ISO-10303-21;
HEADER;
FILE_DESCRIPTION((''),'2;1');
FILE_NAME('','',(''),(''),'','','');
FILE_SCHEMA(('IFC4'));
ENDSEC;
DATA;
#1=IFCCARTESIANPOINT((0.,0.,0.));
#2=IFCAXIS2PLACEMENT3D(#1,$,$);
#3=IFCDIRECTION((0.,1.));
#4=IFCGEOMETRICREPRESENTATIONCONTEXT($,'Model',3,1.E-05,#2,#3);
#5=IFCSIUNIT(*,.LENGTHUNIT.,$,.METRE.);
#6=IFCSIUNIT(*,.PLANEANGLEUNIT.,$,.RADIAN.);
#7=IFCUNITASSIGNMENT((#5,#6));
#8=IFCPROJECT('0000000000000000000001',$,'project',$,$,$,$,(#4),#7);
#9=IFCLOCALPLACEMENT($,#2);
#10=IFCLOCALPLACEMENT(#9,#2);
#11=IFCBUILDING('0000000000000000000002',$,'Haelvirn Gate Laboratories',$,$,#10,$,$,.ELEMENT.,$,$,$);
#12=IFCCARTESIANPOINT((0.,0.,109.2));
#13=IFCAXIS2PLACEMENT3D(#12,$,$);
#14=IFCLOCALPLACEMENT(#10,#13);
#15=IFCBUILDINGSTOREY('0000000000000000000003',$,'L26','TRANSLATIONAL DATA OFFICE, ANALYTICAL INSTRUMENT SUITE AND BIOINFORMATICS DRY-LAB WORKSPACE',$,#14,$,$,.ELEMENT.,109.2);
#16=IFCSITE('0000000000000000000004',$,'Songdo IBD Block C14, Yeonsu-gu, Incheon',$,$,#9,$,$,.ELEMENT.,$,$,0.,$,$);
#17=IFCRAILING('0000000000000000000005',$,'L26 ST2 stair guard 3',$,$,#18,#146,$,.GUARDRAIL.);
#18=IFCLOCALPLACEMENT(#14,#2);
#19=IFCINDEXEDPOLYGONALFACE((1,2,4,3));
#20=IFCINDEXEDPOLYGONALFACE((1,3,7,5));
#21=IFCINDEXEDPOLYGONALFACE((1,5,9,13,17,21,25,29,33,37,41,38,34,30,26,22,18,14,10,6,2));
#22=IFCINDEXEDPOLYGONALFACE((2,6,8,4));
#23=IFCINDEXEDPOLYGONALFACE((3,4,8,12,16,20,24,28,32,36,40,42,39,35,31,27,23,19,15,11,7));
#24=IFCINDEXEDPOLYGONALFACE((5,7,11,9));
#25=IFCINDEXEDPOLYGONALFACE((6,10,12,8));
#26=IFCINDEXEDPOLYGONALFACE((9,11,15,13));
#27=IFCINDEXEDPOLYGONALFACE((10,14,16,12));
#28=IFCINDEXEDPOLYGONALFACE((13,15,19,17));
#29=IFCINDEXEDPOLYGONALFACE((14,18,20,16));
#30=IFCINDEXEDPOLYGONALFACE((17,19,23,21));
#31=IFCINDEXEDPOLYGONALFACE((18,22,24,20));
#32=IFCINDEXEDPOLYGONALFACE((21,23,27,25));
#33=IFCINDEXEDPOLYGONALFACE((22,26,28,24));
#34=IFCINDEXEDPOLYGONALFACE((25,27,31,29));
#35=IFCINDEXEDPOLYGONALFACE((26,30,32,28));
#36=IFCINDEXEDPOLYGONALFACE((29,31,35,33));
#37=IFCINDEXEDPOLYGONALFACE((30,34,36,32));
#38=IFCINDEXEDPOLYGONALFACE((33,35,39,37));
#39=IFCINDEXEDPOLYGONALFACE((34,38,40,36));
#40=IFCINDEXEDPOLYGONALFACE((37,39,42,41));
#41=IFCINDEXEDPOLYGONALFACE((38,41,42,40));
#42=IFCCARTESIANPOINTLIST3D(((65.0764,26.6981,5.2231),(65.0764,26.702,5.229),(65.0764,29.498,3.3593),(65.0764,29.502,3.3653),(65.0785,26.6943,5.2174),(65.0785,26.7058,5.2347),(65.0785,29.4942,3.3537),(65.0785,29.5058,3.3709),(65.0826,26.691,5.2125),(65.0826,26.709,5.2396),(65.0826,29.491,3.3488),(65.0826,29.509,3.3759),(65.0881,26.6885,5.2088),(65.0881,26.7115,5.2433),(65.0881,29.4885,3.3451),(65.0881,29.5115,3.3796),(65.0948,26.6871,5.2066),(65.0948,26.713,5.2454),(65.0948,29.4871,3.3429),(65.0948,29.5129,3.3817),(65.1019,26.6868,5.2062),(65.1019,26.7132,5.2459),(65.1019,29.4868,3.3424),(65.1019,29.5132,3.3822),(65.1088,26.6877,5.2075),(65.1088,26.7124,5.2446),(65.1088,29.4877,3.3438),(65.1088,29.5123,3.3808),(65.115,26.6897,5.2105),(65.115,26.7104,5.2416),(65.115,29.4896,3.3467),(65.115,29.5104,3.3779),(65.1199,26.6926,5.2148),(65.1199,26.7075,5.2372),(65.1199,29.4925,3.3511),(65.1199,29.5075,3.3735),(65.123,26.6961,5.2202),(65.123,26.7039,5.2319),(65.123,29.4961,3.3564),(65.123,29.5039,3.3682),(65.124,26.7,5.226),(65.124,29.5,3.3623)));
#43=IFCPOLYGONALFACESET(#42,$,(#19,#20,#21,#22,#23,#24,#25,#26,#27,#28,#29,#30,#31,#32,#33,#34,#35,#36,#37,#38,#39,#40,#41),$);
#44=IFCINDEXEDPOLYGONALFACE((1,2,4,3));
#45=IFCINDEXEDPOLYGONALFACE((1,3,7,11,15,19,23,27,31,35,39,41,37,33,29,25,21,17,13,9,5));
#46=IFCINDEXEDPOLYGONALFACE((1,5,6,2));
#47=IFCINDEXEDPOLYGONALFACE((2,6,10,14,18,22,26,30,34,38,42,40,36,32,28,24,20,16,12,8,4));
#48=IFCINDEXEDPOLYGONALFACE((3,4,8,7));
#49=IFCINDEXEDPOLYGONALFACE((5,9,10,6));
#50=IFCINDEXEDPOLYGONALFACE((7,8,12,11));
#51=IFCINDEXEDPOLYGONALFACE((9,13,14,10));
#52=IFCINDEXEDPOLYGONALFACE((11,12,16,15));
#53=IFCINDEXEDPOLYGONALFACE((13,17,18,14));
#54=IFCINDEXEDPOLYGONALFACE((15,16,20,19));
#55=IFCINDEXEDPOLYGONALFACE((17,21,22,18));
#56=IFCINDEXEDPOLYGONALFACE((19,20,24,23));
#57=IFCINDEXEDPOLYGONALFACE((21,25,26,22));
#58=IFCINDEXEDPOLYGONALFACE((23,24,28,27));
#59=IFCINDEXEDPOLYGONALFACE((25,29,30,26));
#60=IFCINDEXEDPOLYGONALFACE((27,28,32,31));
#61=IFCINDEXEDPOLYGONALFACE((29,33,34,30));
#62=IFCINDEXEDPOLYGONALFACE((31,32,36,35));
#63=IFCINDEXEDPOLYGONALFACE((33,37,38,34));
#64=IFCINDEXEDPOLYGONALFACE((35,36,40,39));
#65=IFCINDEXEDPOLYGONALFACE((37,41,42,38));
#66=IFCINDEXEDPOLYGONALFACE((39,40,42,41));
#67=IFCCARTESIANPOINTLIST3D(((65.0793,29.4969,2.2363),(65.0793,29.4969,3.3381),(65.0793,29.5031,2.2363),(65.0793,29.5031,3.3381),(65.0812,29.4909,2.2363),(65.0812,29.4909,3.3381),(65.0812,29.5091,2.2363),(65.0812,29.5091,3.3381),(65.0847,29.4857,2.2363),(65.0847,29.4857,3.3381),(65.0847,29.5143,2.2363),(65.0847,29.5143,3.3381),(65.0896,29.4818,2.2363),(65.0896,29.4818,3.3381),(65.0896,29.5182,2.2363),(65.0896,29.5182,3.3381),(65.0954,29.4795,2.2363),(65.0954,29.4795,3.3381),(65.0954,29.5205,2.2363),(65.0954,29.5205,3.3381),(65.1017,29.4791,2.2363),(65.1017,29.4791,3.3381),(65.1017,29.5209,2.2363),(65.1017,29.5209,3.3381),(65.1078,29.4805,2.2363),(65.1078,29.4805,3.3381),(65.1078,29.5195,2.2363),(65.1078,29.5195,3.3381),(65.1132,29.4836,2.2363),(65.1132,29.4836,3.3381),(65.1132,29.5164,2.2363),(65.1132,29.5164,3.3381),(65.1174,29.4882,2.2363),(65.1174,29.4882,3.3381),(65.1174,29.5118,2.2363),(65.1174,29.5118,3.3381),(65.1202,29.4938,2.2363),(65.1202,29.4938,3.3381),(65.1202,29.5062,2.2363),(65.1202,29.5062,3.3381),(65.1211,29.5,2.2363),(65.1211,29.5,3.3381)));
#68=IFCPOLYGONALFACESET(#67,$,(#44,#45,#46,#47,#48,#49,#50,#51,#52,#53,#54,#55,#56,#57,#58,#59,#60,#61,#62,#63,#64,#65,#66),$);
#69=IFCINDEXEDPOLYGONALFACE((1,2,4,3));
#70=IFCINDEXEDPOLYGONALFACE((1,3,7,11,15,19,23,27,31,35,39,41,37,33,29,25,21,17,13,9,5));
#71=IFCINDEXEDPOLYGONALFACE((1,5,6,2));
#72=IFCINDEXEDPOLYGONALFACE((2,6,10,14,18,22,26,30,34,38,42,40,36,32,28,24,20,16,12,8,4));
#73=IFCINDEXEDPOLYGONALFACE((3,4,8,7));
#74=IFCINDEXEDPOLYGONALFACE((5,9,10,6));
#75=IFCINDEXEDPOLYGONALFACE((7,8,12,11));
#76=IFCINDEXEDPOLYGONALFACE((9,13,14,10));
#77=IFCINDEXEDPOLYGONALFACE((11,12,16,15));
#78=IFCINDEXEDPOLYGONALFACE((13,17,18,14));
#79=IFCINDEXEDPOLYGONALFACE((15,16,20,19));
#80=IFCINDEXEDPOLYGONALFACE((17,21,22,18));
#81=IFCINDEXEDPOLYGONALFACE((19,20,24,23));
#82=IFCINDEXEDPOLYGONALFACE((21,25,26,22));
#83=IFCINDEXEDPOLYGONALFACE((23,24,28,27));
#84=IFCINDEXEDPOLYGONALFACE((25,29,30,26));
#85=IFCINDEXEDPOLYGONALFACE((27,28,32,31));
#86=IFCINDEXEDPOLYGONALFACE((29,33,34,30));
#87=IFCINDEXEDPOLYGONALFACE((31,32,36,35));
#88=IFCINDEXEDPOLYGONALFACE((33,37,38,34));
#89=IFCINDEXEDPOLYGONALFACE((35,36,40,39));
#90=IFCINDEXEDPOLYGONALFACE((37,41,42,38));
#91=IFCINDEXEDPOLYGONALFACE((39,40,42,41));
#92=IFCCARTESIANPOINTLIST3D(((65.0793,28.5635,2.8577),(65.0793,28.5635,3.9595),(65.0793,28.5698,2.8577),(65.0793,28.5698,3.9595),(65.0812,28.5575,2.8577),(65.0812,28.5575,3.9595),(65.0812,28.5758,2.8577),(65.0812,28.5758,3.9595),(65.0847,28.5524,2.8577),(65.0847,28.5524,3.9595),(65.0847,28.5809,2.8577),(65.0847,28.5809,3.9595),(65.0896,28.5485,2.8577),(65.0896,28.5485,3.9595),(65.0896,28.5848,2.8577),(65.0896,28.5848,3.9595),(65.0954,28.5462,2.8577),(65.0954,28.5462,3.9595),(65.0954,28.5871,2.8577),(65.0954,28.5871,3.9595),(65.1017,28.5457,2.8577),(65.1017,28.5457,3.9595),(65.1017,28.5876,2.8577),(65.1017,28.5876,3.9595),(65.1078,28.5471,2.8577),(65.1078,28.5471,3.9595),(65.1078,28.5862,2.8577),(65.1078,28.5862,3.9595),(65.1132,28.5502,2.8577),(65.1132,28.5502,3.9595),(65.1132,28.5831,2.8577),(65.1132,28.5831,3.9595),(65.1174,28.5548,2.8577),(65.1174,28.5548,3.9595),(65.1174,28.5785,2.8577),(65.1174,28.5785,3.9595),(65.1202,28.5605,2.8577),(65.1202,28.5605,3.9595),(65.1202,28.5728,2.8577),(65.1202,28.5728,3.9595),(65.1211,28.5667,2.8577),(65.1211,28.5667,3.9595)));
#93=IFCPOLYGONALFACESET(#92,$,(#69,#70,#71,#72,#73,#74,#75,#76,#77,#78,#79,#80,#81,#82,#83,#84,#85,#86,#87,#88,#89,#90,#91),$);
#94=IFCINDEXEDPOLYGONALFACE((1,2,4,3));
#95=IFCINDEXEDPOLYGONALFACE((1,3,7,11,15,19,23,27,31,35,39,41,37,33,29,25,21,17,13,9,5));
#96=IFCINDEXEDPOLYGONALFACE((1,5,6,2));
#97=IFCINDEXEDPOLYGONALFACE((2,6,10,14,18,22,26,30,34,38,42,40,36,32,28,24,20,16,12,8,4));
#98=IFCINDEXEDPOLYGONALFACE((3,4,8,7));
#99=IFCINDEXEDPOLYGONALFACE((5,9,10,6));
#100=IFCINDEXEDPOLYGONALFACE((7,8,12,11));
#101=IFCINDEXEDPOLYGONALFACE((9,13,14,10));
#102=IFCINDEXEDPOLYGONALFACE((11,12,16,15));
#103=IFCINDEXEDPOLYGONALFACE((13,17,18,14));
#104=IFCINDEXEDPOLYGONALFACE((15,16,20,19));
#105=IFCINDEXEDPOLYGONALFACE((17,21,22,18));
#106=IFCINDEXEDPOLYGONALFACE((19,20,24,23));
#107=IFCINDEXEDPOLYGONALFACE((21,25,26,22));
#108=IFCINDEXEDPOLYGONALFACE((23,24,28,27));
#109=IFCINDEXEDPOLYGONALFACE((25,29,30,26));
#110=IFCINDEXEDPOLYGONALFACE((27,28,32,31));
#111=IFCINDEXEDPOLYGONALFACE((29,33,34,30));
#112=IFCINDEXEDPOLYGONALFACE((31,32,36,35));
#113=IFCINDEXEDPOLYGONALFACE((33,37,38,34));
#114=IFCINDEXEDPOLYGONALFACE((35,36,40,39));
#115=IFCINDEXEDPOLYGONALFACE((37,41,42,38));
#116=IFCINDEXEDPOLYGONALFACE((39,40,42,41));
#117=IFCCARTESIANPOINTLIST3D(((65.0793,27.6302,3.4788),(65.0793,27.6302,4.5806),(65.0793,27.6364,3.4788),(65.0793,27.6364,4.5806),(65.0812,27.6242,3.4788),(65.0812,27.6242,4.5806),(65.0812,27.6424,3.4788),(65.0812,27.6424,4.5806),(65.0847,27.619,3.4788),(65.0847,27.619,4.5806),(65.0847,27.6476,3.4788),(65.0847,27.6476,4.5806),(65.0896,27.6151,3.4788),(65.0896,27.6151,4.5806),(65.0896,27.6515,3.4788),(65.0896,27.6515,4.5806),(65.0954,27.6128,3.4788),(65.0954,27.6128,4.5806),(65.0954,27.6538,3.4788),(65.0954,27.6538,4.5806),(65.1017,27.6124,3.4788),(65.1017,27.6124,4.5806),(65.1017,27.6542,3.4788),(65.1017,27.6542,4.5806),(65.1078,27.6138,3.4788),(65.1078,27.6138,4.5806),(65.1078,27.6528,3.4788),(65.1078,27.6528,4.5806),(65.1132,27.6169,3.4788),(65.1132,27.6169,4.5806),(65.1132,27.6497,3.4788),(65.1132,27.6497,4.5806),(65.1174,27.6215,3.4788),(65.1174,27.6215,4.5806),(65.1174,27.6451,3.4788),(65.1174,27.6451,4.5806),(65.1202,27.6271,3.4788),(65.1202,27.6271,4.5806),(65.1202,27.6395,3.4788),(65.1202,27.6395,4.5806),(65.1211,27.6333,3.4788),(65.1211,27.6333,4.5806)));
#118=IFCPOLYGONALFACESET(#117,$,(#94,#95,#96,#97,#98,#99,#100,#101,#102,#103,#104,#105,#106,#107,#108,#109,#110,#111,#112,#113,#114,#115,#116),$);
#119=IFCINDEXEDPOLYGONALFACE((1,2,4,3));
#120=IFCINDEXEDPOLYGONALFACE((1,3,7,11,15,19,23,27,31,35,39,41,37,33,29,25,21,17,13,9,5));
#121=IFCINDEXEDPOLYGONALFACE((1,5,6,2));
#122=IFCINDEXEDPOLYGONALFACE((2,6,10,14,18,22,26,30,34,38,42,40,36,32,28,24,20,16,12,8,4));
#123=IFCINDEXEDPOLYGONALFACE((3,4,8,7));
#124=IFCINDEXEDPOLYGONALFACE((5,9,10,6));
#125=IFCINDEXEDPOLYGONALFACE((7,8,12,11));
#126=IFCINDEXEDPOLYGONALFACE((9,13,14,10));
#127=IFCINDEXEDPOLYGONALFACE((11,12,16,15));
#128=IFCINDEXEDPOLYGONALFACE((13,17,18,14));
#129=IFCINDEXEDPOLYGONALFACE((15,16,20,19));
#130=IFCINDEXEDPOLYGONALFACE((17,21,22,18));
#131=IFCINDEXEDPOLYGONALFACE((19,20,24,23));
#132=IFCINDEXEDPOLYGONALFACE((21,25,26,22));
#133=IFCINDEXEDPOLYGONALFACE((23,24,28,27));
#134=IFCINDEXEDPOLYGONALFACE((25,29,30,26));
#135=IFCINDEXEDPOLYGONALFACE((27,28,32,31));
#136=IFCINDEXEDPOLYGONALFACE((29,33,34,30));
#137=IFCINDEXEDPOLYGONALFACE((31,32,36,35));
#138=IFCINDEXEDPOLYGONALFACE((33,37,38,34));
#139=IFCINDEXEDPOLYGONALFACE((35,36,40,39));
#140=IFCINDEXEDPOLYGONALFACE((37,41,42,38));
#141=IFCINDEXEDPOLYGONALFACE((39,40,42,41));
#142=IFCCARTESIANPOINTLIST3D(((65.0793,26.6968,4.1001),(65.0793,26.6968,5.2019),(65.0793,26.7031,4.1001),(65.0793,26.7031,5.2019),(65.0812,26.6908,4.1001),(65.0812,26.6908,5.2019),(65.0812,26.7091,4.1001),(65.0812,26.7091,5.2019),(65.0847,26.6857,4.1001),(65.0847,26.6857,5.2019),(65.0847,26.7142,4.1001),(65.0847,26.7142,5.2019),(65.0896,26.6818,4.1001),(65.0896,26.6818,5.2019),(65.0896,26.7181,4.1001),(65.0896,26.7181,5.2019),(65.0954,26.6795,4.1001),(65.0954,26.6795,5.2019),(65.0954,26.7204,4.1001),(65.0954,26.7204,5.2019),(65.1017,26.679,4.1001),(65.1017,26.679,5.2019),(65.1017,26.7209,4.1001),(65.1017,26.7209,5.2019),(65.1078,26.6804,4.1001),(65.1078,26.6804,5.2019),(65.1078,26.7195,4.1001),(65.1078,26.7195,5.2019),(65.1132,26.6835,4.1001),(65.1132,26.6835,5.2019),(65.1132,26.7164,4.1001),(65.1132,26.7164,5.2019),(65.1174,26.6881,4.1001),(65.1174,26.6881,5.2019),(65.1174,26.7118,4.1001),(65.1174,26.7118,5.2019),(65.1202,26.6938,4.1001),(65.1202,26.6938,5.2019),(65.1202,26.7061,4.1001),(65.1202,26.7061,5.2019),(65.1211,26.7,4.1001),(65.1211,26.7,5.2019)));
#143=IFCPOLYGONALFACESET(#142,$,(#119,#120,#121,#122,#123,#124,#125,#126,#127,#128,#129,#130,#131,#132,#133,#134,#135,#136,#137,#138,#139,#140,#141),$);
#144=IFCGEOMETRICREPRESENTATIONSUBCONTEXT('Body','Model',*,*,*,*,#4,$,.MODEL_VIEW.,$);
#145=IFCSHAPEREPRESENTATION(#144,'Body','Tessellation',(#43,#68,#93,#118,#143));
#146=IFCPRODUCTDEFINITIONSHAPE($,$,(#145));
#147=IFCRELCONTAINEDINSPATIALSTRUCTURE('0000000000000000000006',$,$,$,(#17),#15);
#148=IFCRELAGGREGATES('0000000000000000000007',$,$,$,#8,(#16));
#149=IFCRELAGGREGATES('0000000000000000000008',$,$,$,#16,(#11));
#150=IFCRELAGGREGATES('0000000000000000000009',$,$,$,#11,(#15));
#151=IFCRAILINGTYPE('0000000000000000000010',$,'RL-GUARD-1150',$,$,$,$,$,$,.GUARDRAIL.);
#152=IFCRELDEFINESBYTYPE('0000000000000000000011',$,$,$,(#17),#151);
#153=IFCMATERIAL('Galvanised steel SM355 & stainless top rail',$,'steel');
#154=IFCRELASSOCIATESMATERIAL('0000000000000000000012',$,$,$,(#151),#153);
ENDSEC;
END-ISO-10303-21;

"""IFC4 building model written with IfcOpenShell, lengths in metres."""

from ifc_helpers import new_model, si_unit, direction, frame, origin, origin_2d, place, context, subcontext, project, spatial, circle, extrude, source, transform, mapped, material, type_object, element, save


model = new_model("IFC4")

# Units and contexts
model_context = context("Model", 3, precision=1e-05, world=origin(), true_north=direction((0.0, 1.0)))
body_context = subcontext(model_context, "Body", "Model", "MODEL_VIEW")
ifc_project = project(units=[si_unit("LENGTHUNIT", "METRE"), si_unit("PLANEANGLEUNIT", "RADIAN")], contexts=[model_context])

# Site, building, storey
site_placement = place(None, origin())
site = spatial("IfcSite", under=ifc_project, at=site_placement, Name="Songdo IBD Block C14, Yeonsu-gu, Incheon", CompositionType="ELEMENT", RefElevation=0.0)
building_placement = place(site_placement, origin())
building = spatial("IfcBuilding", under=site, at=building_placement, Name="Haelvirn Gate Laboratories", CompositionType="ELEMENT")
storey_placement = place(building_placement, frame((0.0, 0.0, 109.2)))
storey = spatial("IfcBuildingStorey", under=building, at=storey_placement, Name="L26", Description="TRANSLATIONAL DATA OFFICE, ANALYTICAL INSTRUMENT SUITE AND BIOINFORMATICS DRY-LAB WORKSPACE", CompositionType="ELEMENT", Elevation=109.2)

# Railing
ifc_material_1 = material(Name="Galvanised steel SM355 & stainless top rail", Category="steel")
railing_type_1 = type_object("IfcRailingType", Name="RL-GUARD-1150", PredefinedType="GUARDRAIL", material=ifc_material_1)
shared_shape_1 = source(origin(), body_context, "Body", "SweptSolid", [
    extrude(circle(Radius=0.0239, at=origin_2d()), frame((0.0, 0.0, 1.126), z_axis=(0.0, -0.832452, 0.554097), x_axis=(1.0, 0.0, 0.0)), (0.0, 0.0, 1.0), 3.3635),
    extrude(circle(Radius=0.021, at=origin_2d()), origin(), (0.0, 0.0, 1.0), 1.1018),
    extrude(circle(Radius=0.021, at=origin_2d()), frame((0.0, -0.9333, 0.6213)), (0.0, 0.0, 1.0), 1.1018),
    extrude(circle(Radius=0.021, at=origin_2d()), frame((0.0, -1.8667, 1.2424)), (0.0, 0.0, 1.0), 1.1018),
    extrude(circle(Radius=0.021, at=origin_2d()), frame((0.0, -2.8, 1.8638)), (0.0, 0.0, 1.0), 1.1018),
])
railing_1_placement = place(storey_placement, frame((65.1001, 29.5, 2.2363)))
element("IfcRailing", 1, at=railing_1_placement, inside=storey, type_object=railing_type_1, Name="L26 ST2 stair guard 3", PredefinedType="GUARDRAIL", context=body_context, shape_type="MappedRepresentation", body=[
    mapped(shared_shape_1, transform((0.0, 0.0, 0.0), scale=1.0)),
])

save(model, "model.ifc")
